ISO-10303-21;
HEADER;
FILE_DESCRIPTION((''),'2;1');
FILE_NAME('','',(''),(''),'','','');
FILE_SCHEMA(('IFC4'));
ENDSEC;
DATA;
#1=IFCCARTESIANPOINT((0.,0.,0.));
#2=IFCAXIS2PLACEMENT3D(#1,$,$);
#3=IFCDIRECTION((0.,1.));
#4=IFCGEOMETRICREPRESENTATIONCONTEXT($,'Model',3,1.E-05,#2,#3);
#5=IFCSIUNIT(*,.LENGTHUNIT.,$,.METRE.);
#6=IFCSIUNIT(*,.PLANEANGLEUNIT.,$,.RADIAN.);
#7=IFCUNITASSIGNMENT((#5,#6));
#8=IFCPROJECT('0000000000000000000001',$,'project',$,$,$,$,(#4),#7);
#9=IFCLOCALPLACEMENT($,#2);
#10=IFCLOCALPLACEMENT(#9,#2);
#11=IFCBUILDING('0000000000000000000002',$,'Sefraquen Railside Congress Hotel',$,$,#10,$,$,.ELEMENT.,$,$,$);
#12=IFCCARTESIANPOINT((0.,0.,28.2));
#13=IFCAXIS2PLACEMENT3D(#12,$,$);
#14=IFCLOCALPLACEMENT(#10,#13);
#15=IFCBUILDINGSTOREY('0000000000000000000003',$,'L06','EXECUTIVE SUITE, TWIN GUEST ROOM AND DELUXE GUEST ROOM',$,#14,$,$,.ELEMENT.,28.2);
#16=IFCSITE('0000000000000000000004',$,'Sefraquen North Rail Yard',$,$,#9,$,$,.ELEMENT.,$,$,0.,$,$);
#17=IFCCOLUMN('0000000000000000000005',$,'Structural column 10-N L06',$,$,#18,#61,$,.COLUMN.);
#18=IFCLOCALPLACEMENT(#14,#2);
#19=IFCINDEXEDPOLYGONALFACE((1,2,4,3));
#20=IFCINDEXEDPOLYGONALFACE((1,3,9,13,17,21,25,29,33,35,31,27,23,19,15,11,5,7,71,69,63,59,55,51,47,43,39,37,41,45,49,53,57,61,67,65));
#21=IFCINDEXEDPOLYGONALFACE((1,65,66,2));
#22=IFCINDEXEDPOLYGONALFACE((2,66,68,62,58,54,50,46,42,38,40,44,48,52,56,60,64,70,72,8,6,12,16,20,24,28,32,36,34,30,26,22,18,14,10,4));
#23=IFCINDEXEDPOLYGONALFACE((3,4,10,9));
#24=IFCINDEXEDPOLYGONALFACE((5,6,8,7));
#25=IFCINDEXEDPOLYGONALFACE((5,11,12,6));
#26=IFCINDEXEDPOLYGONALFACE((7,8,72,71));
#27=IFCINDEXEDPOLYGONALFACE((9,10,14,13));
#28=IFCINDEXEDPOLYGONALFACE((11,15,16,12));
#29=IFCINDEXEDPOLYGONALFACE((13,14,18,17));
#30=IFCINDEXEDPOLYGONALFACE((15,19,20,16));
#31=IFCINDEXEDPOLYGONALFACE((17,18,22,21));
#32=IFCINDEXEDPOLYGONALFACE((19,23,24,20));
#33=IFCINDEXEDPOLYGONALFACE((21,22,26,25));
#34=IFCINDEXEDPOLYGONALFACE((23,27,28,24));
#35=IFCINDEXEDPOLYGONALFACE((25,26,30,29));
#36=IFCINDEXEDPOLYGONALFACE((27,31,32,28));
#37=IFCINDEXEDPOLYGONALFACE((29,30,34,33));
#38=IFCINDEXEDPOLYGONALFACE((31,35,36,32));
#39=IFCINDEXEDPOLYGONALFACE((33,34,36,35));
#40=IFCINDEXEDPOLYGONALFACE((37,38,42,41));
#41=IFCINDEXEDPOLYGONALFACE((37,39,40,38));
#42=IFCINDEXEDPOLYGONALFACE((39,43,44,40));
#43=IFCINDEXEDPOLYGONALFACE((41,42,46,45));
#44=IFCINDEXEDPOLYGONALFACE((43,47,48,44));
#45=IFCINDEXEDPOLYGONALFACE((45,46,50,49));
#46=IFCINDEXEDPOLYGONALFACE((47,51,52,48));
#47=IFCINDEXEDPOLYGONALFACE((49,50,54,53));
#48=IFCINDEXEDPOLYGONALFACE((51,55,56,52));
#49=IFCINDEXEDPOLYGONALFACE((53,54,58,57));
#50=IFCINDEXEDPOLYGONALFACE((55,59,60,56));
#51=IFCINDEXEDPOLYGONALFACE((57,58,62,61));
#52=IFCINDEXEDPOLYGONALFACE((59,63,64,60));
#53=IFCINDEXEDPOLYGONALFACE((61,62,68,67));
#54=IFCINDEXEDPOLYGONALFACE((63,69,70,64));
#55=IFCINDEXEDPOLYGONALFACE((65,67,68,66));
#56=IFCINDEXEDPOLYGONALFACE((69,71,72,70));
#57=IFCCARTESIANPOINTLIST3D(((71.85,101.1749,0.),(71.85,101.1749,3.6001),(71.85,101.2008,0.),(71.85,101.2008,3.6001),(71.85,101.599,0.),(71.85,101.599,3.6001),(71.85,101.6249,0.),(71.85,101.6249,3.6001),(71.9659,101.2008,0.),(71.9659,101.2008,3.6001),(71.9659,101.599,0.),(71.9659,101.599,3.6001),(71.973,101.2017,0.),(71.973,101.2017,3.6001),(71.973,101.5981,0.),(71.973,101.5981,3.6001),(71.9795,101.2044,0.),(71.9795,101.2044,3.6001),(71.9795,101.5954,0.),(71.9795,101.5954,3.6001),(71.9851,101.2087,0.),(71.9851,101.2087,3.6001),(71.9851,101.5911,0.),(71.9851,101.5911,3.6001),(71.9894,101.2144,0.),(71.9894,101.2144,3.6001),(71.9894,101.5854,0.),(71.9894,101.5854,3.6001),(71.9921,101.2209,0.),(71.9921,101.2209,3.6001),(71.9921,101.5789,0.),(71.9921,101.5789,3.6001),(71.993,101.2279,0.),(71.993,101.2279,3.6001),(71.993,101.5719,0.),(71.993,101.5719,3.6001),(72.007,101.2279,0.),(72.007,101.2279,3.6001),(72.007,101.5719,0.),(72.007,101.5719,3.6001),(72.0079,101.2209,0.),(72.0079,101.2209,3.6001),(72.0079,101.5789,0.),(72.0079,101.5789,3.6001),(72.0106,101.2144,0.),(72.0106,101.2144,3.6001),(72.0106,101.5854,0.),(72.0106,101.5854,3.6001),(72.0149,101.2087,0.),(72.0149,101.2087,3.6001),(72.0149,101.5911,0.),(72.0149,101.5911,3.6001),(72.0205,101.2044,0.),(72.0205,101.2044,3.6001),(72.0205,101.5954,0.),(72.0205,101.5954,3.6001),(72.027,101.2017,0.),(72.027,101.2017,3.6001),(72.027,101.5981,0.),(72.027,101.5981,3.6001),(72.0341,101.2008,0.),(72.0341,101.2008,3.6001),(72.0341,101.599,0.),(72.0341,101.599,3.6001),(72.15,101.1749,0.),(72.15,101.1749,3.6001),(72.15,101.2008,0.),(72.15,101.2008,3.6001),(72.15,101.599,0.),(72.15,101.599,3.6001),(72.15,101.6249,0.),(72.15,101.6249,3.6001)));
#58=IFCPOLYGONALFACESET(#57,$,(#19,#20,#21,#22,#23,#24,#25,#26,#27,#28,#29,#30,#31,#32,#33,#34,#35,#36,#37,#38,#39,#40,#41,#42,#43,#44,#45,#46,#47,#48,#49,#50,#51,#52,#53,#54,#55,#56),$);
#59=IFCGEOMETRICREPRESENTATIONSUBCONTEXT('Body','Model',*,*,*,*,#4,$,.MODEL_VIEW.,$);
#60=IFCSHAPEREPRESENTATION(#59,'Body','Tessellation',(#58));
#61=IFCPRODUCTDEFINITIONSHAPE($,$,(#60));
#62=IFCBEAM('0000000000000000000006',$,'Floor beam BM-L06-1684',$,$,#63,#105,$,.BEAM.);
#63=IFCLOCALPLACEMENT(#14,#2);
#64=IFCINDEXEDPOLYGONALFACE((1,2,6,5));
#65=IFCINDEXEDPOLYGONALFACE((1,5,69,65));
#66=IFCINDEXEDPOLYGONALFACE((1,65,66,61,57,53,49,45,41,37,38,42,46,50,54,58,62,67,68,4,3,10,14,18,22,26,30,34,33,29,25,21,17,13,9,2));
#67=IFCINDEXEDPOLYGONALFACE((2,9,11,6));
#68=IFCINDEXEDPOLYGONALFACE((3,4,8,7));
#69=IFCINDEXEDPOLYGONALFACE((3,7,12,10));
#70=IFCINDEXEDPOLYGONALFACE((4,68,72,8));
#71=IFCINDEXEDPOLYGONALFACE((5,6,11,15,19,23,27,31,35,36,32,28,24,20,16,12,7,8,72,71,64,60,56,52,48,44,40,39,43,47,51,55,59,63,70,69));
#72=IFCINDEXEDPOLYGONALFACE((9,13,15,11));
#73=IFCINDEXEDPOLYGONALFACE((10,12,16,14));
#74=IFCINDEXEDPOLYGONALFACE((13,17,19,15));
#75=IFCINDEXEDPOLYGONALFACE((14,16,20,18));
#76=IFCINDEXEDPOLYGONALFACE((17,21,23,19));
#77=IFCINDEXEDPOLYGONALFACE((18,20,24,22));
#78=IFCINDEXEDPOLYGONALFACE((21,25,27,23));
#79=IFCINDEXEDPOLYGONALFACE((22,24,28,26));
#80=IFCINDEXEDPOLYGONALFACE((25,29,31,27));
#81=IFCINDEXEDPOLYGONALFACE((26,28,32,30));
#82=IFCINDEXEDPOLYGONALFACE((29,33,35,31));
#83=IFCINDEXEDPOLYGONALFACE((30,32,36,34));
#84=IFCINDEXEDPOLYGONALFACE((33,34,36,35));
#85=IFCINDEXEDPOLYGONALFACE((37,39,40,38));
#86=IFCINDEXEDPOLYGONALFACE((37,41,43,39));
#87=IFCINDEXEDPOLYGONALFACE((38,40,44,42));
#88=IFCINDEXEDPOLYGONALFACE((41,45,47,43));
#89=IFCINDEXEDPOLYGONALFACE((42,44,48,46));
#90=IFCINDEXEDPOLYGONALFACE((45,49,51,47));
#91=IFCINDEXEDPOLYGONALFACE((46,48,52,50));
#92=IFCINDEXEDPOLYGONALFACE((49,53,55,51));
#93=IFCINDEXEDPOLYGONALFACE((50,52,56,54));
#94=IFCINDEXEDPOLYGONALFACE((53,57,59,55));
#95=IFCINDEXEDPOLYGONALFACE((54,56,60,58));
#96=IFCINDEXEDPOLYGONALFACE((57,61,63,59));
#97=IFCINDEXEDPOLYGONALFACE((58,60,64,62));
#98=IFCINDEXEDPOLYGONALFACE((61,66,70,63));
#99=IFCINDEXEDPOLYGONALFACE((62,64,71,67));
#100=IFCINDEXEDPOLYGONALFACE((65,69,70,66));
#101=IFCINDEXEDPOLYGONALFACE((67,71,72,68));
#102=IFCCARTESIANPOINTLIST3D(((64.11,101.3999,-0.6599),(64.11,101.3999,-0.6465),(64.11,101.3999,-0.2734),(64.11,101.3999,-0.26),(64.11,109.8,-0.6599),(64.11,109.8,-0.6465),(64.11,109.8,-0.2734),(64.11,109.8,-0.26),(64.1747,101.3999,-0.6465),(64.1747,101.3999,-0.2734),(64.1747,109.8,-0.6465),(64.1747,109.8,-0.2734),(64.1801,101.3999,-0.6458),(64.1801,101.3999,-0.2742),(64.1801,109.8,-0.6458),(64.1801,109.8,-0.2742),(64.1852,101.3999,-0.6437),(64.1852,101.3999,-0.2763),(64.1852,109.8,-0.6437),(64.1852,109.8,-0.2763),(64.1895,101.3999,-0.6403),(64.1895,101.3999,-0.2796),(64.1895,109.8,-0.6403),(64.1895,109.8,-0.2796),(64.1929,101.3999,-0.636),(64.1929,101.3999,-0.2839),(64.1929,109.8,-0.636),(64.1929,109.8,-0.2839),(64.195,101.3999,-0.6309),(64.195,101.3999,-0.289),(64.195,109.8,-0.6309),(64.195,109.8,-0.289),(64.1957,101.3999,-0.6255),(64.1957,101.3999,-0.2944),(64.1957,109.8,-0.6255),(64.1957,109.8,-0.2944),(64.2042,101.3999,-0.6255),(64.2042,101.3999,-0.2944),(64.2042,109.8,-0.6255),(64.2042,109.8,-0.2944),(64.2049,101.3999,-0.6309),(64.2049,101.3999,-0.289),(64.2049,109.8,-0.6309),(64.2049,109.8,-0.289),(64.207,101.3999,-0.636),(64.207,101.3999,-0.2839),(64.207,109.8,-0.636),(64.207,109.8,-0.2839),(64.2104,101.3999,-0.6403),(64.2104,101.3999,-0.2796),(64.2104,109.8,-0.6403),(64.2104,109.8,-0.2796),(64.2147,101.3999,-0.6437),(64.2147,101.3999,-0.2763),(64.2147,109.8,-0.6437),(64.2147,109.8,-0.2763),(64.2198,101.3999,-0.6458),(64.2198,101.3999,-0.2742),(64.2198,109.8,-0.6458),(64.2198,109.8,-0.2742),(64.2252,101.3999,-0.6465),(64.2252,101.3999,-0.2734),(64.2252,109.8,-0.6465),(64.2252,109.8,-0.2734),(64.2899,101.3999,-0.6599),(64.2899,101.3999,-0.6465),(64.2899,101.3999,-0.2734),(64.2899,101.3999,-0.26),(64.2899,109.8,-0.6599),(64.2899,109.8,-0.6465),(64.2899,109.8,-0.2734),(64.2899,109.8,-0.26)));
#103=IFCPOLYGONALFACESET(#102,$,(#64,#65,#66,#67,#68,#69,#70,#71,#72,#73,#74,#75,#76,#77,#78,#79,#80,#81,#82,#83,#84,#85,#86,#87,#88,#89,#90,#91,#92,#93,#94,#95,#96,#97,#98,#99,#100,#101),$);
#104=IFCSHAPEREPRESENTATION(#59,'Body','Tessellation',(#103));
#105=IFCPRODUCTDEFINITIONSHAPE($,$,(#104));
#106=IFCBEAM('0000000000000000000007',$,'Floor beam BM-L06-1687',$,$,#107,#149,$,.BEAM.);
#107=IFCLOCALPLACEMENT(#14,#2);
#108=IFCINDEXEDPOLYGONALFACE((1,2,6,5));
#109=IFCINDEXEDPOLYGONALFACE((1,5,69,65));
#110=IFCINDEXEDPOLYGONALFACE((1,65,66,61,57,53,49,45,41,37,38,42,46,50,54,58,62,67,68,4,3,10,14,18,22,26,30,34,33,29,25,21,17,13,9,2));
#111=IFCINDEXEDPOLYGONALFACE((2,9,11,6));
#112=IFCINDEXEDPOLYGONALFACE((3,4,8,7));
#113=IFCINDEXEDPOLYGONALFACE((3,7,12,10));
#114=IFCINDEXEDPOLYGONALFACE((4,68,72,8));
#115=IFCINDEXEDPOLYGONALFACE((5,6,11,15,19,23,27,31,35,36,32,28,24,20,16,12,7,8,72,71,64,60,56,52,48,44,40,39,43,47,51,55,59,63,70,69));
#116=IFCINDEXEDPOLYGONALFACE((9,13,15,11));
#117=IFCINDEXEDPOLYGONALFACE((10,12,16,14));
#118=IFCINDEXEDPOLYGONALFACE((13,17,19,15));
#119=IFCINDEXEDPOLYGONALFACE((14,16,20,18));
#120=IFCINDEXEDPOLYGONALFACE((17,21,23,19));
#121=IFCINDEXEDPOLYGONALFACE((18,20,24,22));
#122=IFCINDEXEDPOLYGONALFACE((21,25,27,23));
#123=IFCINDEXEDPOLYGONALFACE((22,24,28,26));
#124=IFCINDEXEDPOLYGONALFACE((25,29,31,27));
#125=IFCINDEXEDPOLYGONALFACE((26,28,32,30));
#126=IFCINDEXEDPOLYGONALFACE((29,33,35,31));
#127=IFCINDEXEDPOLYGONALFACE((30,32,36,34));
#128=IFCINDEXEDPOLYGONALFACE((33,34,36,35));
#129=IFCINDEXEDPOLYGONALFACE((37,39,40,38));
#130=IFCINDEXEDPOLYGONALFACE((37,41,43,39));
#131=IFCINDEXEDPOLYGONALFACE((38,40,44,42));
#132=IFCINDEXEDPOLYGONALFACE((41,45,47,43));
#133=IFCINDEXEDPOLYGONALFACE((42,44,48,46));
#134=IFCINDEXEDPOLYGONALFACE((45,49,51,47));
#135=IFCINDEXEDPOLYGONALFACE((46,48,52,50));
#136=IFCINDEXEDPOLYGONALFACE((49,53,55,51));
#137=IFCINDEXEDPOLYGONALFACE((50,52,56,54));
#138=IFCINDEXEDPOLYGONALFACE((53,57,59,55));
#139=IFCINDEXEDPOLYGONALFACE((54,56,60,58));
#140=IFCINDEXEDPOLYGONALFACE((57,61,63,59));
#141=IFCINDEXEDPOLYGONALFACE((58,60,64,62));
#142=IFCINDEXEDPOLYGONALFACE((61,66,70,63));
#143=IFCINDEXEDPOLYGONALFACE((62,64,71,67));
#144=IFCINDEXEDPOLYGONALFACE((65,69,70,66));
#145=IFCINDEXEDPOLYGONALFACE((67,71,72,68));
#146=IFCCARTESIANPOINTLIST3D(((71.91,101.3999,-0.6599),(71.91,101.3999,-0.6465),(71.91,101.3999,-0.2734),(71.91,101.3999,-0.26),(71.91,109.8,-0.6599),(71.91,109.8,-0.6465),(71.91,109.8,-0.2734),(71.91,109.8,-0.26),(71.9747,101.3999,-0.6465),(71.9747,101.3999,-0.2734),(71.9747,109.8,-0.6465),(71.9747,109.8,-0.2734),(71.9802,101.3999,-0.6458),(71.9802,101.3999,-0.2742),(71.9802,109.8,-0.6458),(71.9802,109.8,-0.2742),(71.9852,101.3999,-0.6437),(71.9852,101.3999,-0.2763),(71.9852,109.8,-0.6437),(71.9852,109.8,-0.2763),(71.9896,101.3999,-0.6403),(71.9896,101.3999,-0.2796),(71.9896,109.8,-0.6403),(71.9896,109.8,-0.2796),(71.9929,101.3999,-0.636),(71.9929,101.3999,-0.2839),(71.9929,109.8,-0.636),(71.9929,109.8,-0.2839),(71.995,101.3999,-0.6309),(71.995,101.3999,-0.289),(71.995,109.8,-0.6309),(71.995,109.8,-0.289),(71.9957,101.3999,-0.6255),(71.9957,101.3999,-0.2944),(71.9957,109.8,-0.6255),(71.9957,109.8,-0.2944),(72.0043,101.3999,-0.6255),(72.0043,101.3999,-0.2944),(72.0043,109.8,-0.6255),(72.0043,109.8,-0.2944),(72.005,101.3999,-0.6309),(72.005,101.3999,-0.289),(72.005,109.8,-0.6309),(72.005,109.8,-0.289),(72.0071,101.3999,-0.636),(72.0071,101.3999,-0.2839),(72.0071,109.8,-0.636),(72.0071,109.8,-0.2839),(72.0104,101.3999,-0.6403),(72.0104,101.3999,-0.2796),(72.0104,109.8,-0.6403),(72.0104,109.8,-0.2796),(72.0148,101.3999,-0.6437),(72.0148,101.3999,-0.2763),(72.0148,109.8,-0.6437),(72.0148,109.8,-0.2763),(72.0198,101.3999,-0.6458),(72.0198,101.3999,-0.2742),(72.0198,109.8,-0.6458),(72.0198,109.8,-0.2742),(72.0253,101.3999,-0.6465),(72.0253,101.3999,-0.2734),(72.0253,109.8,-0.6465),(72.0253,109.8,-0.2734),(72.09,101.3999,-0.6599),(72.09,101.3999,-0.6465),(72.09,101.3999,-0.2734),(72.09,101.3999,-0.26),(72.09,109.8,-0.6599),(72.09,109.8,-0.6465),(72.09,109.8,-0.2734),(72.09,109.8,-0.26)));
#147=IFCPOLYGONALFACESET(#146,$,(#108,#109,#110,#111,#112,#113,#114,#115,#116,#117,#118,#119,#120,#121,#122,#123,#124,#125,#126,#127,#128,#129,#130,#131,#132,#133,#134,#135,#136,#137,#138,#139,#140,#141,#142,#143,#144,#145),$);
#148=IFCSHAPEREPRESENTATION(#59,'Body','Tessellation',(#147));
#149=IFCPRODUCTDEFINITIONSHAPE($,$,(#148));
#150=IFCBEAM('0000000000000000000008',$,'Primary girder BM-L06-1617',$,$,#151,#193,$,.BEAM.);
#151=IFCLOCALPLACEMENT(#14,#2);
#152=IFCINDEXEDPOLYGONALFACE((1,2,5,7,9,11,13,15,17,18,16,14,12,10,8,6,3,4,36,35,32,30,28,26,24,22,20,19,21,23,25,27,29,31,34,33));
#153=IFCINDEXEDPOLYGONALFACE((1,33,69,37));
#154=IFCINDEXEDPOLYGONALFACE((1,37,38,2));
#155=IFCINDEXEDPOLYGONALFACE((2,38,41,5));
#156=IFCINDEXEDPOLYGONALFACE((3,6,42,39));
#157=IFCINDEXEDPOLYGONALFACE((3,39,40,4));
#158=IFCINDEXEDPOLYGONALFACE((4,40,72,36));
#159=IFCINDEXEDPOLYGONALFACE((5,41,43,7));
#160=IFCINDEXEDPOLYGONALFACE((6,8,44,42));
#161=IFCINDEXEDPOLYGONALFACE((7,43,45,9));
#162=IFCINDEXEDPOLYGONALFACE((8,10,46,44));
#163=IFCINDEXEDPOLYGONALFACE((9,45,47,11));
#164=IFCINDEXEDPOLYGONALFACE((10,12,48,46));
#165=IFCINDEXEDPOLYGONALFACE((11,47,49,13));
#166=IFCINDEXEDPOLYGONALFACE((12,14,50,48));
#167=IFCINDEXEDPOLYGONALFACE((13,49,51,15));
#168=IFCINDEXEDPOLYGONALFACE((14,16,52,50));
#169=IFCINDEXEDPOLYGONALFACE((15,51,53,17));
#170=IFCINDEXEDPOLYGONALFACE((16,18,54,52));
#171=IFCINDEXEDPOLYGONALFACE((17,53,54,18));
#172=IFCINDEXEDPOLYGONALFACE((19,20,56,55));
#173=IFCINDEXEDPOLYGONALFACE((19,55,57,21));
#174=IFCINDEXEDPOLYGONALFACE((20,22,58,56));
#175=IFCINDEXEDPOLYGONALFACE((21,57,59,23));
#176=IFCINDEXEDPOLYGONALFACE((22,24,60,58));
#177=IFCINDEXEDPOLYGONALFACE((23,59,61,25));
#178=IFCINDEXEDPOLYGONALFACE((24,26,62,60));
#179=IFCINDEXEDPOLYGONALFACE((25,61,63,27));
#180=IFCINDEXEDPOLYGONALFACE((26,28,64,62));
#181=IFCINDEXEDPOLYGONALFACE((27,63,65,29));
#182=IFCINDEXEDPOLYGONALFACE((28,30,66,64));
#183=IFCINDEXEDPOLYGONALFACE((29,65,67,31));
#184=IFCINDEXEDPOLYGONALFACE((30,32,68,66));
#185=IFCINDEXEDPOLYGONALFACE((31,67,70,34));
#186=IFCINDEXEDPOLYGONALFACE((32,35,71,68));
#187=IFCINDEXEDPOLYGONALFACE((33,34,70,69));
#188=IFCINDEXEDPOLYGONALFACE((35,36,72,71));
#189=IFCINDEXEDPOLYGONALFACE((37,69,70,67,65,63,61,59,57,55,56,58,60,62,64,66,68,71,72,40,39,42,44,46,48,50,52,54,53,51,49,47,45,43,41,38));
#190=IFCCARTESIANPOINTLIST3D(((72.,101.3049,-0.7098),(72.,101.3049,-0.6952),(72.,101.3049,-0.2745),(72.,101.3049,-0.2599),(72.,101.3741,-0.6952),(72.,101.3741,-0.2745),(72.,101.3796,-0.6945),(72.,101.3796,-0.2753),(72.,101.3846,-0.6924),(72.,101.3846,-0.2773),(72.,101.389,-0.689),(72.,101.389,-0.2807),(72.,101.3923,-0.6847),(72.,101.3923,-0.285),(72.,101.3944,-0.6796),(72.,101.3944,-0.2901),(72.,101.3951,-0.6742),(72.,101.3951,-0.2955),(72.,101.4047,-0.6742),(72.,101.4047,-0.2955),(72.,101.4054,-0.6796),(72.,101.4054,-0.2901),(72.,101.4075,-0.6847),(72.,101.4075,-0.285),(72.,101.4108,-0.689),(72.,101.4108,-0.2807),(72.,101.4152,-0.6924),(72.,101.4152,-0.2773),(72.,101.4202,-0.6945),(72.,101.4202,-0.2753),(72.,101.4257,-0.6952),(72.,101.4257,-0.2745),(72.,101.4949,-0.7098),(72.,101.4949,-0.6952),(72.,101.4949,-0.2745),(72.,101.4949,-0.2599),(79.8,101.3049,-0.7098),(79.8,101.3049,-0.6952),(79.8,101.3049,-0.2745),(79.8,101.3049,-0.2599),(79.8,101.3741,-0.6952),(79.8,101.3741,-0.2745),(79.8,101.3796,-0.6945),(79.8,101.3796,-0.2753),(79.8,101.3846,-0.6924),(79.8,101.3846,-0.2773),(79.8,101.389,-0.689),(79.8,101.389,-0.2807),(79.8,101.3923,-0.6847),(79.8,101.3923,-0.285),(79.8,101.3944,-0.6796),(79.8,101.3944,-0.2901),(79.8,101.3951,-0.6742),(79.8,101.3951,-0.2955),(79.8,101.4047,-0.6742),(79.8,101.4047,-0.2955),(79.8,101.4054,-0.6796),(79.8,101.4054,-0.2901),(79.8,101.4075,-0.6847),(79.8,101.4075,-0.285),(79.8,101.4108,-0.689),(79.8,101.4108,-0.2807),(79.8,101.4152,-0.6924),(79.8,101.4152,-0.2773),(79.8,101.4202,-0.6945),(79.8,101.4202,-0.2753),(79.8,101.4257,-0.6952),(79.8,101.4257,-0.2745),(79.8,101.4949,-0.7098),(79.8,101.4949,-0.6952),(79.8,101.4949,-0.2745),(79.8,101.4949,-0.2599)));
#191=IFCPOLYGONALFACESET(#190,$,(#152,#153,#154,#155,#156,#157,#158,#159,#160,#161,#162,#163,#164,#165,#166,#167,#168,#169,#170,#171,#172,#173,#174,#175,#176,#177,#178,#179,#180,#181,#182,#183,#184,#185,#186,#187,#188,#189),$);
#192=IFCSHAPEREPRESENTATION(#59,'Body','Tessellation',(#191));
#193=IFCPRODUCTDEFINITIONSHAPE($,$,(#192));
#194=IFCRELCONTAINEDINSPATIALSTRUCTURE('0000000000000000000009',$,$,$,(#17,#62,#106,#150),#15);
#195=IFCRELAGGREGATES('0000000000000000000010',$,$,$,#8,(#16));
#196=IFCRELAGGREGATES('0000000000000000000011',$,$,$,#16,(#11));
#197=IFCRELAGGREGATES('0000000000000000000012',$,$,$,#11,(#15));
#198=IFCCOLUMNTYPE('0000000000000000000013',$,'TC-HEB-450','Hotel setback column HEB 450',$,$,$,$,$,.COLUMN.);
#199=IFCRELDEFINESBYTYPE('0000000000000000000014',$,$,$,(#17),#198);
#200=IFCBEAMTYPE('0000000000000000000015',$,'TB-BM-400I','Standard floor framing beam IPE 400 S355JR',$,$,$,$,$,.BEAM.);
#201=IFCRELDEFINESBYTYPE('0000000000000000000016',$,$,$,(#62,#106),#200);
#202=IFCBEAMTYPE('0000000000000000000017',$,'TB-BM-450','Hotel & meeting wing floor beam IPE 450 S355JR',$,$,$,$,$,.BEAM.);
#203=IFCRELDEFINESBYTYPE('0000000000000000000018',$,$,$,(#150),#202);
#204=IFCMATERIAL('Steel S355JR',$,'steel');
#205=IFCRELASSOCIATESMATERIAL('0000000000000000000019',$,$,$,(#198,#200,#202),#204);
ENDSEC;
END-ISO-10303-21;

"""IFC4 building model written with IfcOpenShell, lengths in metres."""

from ifc_helpers import new_model, si_unit, direction, frame, origin, origin_2d, place, context, subcontext, project, spatial, i_section, extrude, material, material_profile, profile_set, type_object, element, save


model = new_model("IFC4")

# Units and contexts
model_context = context("Model", 3, precision=1e-05, world=origin(), true_north=direction((0.0, 1.0)))
body_context = subcontext(model_context, "Body", "Model", "MODEL_VIEW")
ifc_project = project(units=[si_unit("LENGTHUNIT", "METRE"), si_unit("PLANEANGLEUNIT", "RADIAN")], contexts=[model_context])

# Site, building, storey
site_placement = place(None, origin())
site = spatial("IfcSite", under=ifc_project, at=site_placement, Name="Sefraquen North Rail Yard", CompositionType="ELEMENT", RefElevation=0.0)
building_placement = place(site_placement, origin())
building = spatial("IfcBuilding", under=site, at=building_placement, Name="Sefraquen Railside Congress Hotel", CompositionType="ELEMENT")
storey_placement = place(building_placement, frame((0.0, 0.0, 28.2)))
storey = spatial("IfcBuildingStorey", under=building, at=storey_placement, Name="L06", Description="EXECUTIVE SUITE, TWIN GUEST ROOM AND DELUXE GUEST ROOM", CompositionType="ELEMENT", Elevation=28.2)

# Column
ifc_material_1 = material(Name="Steel S355JR", Category="steel")
ifc_material_profile_1 = material_profile(ifc_material_1, i_section(OverallWidth=0.3, OverallDepth=0.45, WebThickness=0.0139, FlangeThickness=0.0259, FilletRadius=0.0271, at=origin_2d()), Name="HEB 450")
ifc_profile_set_1 = profile_set([ifc_material_profile_1], Name="Steel S355JR")
column_type = type_object("IfcColumnType", Name="TC-HEB-450", Description="Hotel setback column HEB 450", PredefinedType="COLUMN", material=ifc_profile_set_1)
column_placement = place(storey_placement, frame((72.0, 101.3999, 0.0), z_axis=(0.0, 0.0, 1.0), x_axis=(1.0, 0.0, 0.0)))
element("IfcColumn", 1, at=column_placement, inside=storey, type_object=column_type, Name="Structural column 10-N L06", PredefinedType="COLUMN", context=body_context, shape_type="SweptSolid", body=[
    extrude(i_section(OverallWidth=0.3, OverallDepth=0.45, WebThickness=0.0139, FlangeThickness=0.0259, FilletRadius=0.0271, at=origin_2d()), origin(), (0.0, 0.0, 1.0), 3.6001),
])

# Beams
ifc_material_profile_2 = material_profile(ifc_material_1, i_section(OverallWidth=0.1799, OverallDepth=0.3999, WebThickness=0.0085, FlangeThickness=0.0134, FilletRadius=0.021, at=origin_2d()), Name="IPE 400")
ifc_profile_set_2 = profile_set([ifc_material_profile_2], Name="Steel S355JR")
beam_type_1 = type_object("IfcBeamType", Name="TB-BM-400I", Description="Standard floor framing beam IPE 400 S355JR", PredefinedType="BEAM", material=ifc_profile_set_2)
for number, where, z_axis, x_axis, name in (
    (2, (64.2, 101.3999, -0.46), (0.0, 1.0, 0.0), (-1.0, 0.0, 0.0), "Floor beam BM-L06-1684"),
    (3, (72.0, 101.3999, -0.46), (0.0, 1.0, 0.0), (-1.0, 0.0, 0.0), "Floor beam BM-L06-1687"),
):
    element("IfcBeam", number, at=place(storey_placement, frame(where, z_axis=z_axis, x_axis=x_axis)), inside=storey, type_object=beam_type_1, Name=name, PredefinedType="BEAM", context=body_context, shape_type="SweptSolid", body=[
        extrude(i_section(OverallWidth=0.1799, OverallDepth=0.3999, WebThickness=0.0085, FlangeThickness=0.0134, FilletRadius=0.021, at=origin_2d()), origin(), (0.0, 0.0, 1.0), 8.4001),
    ])
ifc_material_profile_3 = material_profile(ifc_material_1, i_section(OverallWidth=0.1899, OverallDepth=0.45, WebThickness=0.0095, FlangeThickness=0.0146, FilletRadius=0.021, at=origin_2d()), Name="IPE 450")
ifc_profile_set_3 = profile_set([ifc_material_profile_3], Name="Steel S355JR")
beam_type_2 = type_object("IfcBeamType", Name="TB-BM-450", Description="Hotel & meeting wing floor beam IPE 450 S355JR", PredefinedType="BEAM", material=ifc_profile_set_3)
beam_1_placement = place(storey_placement, frame((72.0, 101.3999, -0.4849), z_axis=(1.0, 0.0, 0.0), x_axis=(0.0, 1.0, 0.0)))
element("IfcBeam", 4, at=beam_1_placement, inside=storey, type_object=beam_type_2, Name="Primary girder BM-L06-1617", PredefinedType="BEAM", context=body_context, shape_type="SweptSolid", body=[
    extrude(i_section(OverallWidth=0.1899, OverallDepth=0.45, WebThickness=0.0095, FlangeThickness=0.0146, FilletRadius=0.021, at=origin_2d()), origin(), (0.0, 0.0, 1.0), 7.8),
])

save(model, "model.ifc")
